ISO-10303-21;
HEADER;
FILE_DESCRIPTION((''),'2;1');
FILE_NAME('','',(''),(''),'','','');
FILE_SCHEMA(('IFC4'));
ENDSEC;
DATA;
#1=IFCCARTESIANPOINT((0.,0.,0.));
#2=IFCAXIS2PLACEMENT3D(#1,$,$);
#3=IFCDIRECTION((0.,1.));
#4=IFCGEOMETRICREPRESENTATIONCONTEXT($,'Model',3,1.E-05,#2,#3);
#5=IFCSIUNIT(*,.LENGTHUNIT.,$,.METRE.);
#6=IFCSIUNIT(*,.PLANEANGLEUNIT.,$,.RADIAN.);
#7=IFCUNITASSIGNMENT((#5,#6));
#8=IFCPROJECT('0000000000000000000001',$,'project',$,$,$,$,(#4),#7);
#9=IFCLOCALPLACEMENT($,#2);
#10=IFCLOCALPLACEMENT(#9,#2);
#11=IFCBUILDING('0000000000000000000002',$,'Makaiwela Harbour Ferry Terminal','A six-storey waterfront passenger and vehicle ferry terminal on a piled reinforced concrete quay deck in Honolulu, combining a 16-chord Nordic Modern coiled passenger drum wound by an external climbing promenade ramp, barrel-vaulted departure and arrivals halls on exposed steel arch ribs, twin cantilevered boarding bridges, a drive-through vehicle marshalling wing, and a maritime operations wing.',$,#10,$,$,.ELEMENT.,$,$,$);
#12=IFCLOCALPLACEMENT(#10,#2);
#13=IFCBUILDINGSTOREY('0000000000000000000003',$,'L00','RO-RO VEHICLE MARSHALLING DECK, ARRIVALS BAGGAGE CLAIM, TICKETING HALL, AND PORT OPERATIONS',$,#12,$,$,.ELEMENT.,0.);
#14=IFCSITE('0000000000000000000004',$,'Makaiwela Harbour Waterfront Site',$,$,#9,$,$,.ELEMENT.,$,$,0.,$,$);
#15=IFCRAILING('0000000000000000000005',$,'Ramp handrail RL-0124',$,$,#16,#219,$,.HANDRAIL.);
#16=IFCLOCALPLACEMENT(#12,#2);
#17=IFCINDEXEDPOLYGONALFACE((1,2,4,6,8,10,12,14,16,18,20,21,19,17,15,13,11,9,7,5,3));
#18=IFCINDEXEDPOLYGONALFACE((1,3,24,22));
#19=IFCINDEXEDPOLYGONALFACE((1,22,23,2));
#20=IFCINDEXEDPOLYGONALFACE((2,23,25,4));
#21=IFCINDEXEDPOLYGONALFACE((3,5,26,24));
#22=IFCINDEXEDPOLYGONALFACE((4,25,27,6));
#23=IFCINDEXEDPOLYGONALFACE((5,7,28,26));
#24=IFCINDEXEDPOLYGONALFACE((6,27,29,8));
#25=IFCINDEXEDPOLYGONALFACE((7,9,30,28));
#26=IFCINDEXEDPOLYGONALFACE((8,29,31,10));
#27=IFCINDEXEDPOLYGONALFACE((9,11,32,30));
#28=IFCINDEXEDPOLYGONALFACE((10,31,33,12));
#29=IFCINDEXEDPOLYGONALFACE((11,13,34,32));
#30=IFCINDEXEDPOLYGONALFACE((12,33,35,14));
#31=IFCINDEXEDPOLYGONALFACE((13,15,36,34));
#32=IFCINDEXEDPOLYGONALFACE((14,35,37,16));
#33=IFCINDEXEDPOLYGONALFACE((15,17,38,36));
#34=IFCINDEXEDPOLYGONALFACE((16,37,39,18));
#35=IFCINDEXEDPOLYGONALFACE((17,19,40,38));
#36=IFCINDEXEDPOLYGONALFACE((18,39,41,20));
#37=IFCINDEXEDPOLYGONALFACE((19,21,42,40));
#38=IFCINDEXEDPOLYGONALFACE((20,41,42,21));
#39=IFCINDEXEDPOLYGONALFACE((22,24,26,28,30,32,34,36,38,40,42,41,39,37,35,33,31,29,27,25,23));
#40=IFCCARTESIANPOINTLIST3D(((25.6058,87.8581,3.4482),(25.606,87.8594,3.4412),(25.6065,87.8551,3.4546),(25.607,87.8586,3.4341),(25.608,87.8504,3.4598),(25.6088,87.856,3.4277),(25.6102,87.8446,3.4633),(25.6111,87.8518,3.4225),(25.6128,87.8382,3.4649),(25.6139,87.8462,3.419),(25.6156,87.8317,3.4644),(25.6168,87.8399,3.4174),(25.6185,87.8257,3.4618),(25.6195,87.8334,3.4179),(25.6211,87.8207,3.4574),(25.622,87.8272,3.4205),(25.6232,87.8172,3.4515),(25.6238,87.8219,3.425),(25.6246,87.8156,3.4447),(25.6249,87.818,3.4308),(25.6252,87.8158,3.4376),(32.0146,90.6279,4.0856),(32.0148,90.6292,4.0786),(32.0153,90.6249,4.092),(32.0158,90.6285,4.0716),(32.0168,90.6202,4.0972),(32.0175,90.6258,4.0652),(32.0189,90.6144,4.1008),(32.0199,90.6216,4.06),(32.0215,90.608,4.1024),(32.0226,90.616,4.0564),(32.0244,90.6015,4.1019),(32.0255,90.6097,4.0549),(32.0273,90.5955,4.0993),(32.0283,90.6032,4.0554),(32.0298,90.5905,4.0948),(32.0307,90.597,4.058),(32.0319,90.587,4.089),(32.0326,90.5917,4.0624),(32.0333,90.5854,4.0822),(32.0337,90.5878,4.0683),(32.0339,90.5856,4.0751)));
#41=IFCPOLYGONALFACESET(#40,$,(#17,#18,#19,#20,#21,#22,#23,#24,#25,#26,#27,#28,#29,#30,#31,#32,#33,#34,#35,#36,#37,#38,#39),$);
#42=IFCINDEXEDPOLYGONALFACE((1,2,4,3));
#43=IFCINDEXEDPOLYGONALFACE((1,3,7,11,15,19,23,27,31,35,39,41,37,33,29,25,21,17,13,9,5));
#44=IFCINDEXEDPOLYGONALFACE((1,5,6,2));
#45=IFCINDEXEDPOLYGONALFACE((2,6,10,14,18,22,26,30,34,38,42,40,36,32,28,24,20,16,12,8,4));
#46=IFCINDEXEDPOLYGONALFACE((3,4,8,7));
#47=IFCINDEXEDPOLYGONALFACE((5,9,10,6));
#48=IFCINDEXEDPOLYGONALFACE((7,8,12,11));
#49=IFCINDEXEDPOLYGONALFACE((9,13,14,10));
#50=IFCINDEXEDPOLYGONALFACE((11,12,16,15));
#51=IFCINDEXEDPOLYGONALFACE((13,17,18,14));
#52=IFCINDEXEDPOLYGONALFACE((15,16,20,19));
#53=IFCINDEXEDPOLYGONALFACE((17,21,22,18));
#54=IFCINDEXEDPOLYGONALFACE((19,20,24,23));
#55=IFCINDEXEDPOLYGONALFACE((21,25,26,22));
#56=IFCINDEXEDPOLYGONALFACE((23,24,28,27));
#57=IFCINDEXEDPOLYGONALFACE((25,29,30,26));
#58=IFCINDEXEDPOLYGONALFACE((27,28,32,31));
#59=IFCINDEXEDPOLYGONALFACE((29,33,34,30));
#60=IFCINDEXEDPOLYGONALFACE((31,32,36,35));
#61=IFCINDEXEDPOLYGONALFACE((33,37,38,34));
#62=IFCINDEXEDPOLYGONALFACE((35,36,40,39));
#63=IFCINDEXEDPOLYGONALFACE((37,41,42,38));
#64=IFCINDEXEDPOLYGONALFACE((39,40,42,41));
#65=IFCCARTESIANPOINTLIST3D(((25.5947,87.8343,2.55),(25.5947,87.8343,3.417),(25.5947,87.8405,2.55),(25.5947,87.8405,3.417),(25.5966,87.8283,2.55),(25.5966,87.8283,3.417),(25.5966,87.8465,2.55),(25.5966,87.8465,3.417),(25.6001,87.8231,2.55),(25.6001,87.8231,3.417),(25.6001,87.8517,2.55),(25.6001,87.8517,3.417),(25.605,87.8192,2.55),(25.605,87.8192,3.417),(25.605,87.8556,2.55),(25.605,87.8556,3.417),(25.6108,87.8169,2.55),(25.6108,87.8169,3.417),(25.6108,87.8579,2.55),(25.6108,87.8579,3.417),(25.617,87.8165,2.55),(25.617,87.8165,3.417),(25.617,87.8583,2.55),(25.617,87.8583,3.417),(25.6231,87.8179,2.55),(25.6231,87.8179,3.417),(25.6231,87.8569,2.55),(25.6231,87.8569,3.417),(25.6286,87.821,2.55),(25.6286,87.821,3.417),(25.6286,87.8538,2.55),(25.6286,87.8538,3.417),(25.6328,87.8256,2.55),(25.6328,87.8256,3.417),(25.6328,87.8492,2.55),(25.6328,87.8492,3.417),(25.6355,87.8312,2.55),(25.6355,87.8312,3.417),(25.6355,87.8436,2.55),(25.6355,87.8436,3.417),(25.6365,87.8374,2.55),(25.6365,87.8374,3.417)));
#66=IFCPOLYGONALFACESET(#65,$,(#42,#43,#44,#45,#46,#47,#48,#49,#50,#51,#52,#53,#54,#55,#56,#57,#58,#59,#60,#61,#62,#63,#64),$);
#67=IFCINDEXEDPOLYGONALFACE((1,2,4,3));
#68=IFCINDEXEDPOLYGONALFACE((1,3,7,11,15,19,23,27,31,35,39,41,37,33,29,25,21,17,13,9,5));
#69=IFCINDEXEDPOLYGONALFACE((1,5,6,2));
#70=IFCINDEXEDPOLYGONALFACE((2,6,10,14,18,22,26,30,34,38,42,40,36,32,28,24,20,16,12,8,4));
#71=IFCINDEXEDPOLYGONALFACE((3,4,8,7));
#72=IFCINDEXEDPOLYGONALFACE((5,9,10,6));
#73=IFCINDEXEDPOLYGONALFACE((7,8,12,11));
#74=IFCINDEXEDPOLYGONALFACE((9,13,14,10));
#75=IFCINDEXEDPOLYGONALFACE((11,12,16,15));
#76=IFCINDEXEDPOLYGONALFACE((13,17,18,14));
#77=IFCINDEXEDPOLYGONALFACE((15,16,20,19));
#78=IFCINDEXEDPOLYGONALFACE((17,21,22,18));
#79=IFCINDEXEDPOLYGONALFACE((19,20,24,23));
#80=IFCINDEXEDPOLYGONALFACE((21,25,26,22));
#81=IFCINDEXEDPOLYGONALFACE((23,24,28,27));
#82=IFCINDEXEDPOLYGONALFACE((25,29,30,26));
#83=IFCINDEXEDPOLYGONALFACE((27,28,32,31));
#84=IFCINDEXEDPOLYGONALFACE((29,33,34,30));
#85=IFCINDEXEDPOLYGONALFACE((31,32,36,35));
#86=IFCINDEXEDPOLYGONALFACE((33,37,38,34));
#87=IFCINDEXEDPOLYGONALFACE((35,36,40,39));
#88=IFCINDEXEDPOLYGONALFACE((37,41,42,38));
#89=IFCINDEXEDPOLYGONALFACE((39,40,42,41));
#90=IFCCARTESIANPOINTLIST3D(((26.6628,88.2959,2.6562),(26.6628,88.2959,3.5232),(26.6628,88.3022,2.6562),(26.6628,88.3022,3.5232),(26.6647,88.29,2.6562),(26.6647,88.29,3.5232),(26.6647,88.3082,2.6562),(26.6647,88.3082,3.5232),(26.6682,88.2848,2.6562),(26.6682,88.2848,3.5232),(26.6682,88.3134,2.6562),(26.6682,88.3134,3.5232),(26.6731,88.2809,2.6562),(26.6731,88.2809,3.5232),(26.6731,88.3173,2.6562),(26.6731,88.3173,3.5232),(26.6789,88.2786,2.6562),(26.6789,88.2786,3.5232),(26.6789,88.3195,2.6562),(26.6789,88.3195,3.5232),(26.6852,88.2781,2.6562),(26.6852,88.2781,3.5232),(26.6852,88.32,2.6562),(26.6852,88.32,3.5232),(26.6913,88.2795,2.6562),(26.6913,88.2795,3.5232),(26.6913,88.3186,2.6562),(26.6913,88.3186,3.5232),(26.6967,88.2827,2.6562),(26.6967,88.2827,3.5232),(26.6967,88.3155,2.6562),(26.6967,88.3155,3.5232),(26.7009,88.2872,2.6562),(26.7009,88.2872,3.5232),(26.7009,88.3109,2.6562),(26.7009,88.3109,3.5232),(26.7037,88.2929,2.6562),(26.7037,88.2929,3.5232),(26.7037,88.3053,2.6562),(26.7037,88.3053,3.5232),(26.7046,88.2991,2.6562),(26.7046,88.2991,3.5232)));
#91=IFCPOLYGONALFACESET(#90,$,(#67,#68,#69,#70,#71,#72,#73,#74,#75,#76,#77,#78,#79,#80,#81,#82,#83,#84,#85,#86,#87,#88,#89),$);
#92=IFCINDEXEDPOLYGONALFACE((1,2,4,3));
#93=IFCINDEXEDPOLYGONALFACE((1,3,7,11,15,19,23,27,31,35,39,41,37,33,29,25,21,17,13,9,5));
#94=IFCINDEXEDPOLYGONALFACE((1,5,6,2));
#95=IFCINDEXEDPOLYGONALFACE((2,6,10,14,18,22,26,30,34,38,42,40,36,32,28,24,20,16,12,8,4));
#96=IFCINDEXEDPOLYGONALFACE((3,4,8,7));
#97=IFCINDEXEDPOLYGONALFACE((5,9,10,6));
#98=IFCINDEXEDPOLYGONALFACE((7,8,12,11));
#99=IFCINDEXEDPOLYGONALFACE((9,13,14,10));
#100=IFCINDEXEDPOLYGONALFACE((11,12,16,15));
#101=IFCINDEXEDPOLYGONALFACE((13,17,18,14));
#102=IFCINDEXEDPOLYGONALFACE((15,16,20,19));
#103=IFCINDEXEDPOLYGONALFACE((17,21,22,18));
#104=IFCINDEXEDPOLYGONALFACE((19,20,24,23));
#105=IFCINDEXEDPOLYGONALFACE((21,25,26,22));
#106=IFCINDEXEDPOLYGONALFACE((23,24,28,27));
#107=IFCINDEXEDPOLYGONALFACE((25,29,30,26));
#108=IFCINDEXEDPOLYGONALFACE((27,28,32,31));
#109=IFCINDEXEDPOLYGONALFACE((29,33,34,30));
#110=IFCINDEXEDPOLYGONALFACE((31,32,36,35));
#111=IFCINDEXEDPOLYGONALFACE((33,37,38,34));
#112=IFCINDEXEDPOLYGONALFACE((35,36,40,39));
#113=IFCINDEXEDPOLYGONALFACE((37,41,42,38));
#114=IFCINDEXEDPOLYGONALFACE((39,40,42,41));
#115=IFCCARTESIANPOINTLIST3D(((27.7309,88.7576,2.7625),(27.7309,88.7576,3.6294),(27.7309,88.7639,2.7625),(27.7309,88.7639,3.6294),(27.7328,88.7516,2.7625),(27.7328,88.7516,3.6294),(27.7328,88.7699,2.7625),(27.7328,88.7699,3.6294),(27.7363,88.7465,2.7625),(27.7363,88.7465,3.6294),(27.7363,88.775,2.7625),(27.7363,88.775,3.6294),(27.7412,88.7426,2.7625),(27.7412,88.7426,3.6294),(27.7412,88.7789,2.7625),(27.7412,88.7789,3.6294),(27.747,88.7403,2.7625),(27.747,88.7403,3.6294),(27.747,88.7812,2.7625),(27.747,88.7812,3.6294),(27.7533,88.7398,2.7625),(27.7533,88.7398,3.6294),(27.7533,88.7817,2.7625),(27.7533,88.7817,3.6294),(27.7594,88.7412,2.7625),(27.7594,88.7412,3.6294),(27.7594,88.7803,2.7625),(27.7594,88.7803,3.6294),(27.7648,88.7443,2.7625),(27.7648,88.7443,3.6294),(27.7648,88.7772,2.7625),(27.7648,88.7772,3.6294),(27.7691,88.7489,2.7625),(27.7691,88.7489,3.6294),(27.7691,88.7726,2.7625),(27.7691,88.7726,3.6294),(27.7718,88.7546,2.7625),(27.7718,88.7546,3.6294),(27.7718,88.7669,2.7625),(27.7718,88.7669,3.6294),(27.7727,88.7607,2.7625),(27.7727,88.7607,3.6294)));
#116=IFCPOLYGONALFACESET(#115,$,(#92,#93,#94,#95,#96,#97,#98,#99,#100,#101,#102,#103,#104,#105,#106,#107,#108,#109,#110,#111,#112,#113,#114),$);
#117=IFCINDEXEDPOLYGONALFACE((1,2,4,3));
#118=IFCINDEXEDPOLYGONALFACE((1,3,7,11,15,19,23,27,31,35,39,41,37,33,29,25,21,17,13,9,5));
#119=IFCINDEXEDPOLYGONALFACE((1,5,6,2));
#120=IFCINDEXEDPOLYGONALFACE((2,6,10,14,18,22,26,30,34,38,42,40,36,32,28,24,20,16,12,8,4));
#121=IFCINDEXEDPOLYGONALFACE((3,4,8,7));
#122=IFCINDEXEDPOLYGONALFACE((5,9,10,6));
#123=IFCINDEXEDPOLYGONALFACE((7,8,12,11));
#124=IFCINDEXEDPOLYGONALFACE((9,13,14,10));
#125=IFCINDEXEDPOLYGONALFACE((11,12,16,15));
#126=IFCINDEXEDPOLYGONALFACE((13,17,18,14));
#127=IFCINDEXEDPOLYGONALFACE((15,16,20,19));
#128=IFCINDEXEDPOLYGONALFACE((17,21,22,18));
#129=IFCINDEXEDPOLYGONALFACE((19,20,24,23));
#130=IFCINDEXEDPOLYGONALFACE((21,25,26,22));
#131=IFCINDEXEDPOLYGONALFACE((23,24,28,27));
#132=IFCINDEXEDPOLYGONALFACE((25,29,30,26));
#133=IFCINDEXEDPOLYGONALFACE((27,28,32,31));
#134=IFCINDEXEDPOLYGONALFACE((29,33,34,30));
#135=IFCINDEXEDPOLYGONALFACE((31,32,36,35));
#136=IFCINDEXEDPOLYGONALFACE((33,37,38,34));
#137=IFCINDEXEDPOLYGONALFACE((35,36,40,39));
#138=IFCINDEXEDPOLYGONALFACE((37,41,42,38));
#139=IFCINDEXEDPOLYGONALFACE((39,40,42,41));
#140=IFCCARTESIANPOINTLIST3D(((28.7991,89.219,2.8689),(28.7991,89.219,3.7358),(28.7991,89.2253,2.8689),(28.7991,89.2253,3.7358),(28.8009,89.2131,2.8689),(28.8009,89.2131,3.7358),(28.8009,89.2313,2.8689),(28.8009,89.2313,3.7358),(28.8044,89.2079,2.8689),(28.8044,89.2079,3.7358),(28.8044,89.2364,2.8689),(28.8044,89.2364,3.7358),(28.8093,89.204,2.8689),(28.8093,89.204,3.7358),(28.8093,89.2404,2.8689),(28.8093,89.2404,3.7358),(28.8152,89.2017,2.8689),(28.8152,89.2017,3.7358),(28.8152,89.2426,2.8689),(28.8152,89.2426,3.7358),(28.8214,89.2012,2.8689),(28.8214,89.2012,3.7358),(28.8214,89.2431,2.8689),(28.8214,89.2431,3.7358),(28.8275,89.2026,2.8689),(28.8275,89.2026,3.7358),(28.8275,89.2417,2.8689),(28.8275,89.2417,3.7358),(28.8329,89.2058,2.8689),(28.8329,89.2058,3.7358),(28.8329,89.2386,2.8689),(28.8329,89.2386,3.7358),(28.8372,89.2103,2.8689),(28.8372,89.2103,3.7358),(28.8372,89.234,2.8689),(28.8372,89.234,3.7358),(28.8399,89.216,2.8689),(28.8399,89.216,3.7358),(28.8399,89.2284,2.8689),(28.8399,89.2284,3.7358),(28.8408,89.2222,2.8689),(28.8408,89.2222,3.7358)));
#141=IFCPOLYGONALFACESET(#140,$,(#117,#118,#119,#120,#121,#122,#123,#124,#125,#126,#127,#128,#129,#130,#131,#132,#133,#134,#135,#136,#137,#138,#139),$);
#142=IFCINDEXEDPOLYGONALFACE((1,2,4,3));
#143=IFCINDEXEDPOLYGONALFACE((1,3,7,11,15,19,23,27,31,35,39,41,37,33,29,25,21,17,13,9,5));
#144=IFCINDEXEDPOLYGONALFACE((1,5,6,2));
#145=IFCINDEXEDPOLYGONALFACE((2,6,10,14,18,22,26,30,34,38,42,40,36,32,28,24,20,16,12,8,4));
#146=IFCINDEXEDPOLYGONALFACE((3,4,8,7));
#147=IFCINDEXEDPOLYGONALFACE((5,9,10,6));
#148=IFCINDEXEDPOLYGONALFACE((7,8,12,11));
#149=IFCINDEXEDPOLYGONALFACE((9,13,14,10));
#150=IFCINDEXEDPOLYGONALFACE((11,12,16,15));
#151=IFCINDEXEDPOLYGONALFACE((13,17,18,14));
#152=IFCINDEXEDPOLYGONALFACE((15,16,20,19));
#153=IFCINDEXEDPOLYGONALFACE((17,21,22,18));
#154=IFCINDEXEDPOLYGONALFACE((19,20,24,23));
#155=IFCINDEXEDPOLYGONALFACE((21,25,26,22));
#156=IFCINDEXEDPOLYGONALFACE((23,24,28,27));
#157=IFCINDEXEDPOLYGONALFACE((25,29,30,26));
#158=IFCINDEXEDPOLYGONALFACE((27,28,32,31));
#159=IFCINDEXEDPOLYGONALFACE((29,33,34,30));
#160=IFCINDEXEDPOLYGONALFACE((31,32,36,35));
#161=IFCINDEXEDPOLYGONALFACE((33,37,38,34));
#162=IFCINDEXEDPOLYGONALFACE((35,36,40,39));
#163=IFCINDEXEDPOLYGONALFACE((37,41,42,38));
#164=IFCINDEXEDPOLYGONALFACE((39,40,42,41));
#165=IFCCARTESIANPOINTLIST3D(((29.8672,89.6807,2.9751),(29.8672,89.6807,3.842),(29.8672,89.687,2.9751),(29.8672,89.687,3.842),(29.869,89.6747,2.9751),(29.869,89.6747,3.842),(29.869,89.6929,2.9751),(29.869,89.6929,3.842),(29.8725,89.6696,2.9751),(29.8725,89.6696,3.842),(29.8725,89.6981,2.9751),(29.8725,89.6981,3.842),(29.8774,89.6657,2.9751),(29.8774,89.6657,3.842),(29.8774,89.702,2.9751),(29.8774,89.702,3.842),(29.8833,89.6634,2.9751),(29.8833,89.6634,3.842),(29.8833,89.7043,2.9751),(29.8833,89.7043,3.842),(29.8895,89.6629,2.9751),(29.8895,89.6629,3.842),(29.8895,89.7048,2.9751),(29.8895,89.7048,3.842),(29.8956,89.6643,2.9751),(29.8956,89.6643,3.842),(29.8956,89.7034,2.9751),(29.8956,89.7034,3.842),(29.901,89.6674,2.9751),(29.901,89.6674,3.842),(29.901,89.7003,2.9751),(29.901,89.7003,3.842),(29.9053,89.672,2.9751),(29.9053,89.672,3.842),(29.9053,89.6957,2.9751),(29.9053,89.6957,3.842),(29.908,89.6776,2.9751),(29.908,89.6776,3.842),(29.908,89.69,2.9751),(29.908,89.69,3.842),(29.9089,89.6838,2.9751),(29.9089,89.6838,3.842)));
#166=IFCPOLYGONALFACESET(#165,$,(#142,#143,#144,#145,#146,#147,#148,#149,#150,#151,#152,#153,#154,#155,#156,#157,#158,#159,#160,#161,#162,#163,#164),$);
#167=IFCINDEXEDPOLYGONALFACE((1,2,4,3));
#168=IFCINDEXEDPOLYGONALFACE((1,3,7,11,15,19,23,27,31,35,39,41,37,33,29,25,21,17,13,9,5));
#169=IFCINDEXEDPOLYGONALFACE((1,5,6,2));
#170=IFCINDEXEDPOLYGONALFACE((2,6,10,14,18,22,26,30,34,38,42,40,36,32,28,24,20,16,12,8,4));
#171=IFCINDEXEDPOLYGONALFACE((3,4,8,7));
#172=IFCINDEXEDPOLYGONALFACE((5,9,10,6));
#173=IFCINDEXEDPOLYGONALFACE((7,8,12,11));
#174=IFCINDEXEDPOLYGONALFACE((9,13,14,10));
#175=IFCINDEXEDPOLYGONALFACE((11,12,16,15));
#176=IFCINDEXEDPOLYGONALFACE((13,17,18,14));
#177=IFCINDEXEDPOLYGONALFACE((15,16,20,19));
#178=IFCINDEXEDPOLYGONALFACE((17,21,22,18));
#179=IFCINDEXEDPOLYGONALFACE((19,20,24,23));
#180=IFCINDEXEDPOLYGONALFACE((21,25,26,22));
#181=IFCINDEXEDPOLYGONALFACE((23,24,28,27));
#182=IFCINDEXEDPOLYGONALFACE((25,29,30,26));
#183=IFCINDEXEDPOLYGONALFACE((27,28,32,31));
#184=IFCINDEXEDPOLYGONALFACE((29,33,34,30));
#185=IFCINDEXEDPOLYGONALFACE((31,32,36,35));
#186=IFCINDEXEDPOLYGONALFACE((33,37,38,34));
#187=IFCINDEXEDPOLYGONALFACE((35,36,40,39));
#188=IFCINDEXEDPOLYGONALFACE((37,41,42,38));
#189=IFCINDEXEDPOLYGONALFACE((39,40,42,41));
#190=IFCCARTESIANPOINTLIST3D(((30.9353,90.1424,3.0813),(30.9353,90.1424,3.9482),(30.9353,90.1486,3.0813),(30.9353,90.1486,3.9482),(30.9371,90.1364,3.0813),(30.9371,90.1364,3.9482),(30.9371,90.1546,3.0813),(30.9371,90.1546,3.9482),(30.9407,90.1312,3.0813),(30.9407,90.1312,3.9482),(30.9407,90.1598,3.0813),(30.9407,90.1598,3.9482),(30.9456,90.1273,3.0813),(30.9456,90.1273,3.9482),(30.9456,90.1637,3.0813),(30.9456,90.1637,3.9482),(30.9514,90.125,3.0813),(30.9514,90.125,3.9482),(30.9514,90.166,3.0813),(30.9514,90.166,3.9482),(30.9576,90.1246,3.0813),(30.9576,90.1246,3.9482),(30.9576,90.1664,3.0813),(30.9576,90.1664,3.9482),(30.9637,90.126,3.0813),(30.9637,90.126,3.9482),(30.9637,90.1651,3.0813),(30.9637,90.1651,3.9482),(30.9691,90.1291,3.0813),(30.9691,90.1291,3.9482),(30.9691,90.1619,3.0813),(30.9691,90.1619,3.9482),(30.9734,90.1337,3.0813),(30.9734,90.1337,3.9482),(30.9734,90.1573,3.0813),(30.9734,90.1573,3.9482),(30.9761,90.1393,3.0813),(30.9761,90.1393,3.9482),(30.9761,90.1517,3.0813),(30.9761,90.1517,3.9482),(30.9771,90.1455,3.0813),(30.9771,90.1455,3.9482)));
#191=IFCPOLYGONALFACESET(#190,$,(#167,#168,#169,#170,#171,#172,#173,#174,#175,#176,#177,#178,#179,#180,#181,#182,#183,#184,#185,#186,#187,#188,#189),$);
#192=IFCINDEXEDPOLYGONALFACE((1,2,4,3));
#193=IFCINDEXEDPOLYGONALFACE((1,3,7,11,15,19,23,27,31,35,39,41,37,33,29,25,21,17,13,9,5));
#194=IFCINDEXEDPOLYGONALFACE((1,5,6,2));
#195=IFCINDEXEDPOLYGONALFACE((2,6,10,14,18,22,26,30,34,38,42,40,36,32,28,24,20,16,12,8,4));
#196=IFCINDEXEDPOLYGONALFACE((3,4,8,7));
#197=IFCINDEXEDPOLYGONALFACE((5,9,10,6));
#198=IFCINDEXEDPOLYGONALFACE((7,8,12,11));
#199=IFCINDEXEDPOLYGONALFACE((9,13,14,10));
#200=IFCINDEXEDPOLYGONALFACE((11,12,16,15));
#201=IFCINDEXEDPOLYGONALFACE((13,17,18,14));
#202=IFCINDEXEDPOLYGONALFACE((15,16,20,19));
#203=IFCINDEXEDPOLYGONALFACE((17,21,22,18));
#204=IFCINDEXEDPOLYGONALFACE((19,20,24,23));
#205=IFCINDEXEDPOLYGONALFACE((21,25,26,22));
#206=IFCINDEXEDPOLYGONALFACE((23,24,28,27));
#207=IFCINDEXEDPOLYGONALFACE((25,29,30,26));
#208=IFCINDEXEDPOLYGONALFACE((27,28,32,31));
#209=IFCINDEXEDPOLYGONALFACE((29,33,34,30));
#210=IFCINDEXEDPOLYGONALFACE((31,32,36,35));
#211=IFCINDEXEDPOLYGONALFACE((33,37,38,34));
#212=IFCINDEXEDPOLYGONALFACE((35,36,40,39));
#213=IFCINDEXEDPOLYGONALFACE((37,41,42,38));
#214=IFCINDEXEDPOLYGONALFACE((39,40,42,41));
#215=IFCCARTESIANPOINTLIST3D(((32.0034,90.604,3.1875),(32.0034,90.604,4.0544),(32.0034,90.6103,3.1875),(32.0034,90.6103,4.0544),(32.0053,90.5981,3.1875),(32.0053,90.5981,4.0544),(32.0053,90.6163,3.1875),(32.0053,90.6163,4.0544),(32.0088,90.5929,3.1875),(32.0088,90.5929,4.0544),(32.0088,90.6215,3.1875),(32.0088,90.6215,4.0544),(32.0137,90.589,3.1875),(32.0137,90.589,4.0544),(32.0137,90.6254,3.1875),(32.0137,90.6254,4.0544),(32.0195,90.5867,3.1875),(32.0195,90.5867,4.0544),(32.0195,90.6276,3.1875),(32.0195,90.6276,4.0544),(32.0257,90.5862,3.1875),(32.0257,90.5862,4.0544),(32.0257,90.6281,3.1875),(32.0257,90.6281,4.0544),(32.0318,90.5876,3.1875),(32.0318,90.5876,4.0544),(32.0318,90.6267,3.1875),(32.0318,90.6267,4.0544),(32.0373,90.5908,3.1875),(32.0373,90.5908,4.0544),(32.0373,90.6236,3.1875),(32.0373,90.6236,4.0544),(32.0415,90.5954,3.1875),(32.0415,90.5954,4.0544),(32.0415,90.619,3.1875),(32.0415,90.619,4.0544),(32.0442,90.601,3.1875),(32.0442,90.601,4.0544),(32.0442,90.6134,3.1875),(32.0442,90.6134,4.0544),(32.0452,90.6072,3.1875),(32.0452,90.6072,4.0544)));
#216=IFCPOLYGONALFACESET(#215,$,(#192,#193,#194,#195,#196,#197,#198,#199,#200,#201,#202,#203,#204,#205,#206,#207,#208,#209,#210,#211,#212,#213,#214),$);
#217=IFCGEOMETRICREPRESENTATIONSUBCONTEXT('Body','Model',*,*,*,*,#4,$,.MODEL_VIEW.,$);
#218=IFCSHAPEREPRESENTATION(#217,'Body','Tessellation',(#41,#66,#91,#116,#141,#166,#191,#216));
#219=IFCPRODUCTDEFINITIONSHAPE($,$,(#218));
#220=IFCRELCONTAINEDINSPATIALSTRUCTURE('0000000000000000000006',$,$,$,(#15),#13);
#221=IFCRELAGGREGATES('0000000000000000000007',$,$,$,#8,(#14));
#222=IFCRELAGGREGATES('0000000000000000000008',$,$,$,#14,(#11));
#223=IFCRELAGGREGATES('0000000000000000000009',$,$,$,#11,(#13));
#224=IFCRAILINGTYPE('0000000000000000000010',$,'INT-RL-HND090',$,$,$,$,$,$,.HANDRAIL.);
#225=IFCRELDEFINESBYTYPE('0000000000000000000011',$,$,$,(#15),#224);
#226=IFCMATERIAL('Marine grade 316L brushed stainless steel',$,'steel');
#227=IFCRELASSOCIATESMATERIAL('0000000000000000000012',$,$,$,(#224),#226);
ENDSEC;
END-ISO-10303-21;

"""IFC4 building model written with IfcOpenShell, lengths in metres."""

from ifc_helpers import new_model, si_unit, direction, frame, origin, origin_2d, place, context, subcontext, project, spatial, circle, extrude, material, type_object, element, save


model = new_model("IFC4")

# Units and contexts
model_context = context("Model", 3, precision=1e-05, world=origin(), true_north=direction((0.0, 1.0)))
body_context = subcontext(model_context, "Body", "Model", "MODEL_VIEW")
ifc_project = project(units=[si_unit("LENGTHUNIT", "METRE"), si_unit("PLANEANGLEUNIT", "RADIAN")], contexts=[model_context])

# Site, building, storey
site_placement = place(None, origin())
site = spatial("IfcSite", under=ifc_project, at=site_placement, Name="Makaiwela Harbour Waterfront Site", CompositionType="ELEMENT", RefElevation=0.0)
building_placement = place(site_placement, origin())
building = spatial("IfcBuilding", under=site, at=building_placement, Name="Makaiwela Harbour Ferry Terminal", Description="A six-storey waterfront passenger and vehicle ferry terminal on a piled reinforced concrete quay deck in Honolulu, combining a 16-chord Nordic Modern coiled passenger drum wound by an external climbing promenade ramp, barrel-vaulted departure and arrivals halls on exposed steel arch ribs, twin cantilevered boarding bridges, a drive-through vehicle marshalling wing, and a maritime operations wing.", CompositionType="ELEMENT")
storey_placement = place(building_placement, origin())
storey = spatial("IfcBuildingStorey", under=building, at=storey_placement, Name="L00", Description="RO-RO VEHICLE MARSHALLING DECK, ARRIVALS BAGGAGE CLAIM, TICKETING HALL, AND PORT OPERATIONS", CompositionType="ELEMENT", Elevation=0.0)

# Railing
ifc_material_1 = material(Name="Marine grade 316L brushed stainless steel", Category="steel")
railing_type_1 = type_object("IfcRailingType", Name="INT-RL-HND090", PredefinedType="HANDRAIL", material=ifc_material_1)
railing_1_placement = place(storey_placement, frame((25.6155, 87.8374, 2.55)))
element("IfcRailing", 1, at=railing_1_placement, inside=storey, type_object=railing_type_1, Name="Ramp handrail RL-0124", PredefinedType="HANDRAIL", context=body_context, shape_type="SweptSolid", body=[
    extrude(circle(Radius=0.0239, at=origin_2d()), frame((0.0, 0.0, 0.8911), z_axis=(0.914136, 0.395081, 0.090926), x_axis=(-0.396724, 0.917938, 0.0)), (0.0, 0.0, 1.0), 7.0107),
    extrude(circle(Radius=0.021, at=origin_2d()), origin(), (0.0, 0.0, 1.0), 0.8669),
    extrude(circle(Radius=0.021, at=origin_2d()), frame((1.0681, 0.4617, 0.1062)), (0.0, 0.0, 1.0), 0.8669),
    extrude(circle(Radius=0.021, at=origin_2d()), frame((2.1362, 0.9233, 0.2124)), (0.0, 0.0, 1.0), 0.8669),
    extrude(circle(Radius=0.021, at=origin_2d()), frame((3.2043, 1.3848, 0.3188)), (0.0, 0.0, 1.0), 0.8669),
    extrude(circle(Radius=0.021, at=origin_2d()), frame((4.2725, 1.8464, 0.425)), (0.0, 0.0, 1.0), 0.8669),
    extrude(circle(Radius=0.021, at=origin_2d()), frame((5.3406, 2.3081, 0.5312)), (0.0, 0.0, 1.0), 0.8669),
    extrude(circle(Radius=0.021, at=origin_2d()), frame((6.4087, 2.7698, 0.6375)), (0.0, 0.0, 1.0), 0.8669),
])

save(model, "model.ifc")
